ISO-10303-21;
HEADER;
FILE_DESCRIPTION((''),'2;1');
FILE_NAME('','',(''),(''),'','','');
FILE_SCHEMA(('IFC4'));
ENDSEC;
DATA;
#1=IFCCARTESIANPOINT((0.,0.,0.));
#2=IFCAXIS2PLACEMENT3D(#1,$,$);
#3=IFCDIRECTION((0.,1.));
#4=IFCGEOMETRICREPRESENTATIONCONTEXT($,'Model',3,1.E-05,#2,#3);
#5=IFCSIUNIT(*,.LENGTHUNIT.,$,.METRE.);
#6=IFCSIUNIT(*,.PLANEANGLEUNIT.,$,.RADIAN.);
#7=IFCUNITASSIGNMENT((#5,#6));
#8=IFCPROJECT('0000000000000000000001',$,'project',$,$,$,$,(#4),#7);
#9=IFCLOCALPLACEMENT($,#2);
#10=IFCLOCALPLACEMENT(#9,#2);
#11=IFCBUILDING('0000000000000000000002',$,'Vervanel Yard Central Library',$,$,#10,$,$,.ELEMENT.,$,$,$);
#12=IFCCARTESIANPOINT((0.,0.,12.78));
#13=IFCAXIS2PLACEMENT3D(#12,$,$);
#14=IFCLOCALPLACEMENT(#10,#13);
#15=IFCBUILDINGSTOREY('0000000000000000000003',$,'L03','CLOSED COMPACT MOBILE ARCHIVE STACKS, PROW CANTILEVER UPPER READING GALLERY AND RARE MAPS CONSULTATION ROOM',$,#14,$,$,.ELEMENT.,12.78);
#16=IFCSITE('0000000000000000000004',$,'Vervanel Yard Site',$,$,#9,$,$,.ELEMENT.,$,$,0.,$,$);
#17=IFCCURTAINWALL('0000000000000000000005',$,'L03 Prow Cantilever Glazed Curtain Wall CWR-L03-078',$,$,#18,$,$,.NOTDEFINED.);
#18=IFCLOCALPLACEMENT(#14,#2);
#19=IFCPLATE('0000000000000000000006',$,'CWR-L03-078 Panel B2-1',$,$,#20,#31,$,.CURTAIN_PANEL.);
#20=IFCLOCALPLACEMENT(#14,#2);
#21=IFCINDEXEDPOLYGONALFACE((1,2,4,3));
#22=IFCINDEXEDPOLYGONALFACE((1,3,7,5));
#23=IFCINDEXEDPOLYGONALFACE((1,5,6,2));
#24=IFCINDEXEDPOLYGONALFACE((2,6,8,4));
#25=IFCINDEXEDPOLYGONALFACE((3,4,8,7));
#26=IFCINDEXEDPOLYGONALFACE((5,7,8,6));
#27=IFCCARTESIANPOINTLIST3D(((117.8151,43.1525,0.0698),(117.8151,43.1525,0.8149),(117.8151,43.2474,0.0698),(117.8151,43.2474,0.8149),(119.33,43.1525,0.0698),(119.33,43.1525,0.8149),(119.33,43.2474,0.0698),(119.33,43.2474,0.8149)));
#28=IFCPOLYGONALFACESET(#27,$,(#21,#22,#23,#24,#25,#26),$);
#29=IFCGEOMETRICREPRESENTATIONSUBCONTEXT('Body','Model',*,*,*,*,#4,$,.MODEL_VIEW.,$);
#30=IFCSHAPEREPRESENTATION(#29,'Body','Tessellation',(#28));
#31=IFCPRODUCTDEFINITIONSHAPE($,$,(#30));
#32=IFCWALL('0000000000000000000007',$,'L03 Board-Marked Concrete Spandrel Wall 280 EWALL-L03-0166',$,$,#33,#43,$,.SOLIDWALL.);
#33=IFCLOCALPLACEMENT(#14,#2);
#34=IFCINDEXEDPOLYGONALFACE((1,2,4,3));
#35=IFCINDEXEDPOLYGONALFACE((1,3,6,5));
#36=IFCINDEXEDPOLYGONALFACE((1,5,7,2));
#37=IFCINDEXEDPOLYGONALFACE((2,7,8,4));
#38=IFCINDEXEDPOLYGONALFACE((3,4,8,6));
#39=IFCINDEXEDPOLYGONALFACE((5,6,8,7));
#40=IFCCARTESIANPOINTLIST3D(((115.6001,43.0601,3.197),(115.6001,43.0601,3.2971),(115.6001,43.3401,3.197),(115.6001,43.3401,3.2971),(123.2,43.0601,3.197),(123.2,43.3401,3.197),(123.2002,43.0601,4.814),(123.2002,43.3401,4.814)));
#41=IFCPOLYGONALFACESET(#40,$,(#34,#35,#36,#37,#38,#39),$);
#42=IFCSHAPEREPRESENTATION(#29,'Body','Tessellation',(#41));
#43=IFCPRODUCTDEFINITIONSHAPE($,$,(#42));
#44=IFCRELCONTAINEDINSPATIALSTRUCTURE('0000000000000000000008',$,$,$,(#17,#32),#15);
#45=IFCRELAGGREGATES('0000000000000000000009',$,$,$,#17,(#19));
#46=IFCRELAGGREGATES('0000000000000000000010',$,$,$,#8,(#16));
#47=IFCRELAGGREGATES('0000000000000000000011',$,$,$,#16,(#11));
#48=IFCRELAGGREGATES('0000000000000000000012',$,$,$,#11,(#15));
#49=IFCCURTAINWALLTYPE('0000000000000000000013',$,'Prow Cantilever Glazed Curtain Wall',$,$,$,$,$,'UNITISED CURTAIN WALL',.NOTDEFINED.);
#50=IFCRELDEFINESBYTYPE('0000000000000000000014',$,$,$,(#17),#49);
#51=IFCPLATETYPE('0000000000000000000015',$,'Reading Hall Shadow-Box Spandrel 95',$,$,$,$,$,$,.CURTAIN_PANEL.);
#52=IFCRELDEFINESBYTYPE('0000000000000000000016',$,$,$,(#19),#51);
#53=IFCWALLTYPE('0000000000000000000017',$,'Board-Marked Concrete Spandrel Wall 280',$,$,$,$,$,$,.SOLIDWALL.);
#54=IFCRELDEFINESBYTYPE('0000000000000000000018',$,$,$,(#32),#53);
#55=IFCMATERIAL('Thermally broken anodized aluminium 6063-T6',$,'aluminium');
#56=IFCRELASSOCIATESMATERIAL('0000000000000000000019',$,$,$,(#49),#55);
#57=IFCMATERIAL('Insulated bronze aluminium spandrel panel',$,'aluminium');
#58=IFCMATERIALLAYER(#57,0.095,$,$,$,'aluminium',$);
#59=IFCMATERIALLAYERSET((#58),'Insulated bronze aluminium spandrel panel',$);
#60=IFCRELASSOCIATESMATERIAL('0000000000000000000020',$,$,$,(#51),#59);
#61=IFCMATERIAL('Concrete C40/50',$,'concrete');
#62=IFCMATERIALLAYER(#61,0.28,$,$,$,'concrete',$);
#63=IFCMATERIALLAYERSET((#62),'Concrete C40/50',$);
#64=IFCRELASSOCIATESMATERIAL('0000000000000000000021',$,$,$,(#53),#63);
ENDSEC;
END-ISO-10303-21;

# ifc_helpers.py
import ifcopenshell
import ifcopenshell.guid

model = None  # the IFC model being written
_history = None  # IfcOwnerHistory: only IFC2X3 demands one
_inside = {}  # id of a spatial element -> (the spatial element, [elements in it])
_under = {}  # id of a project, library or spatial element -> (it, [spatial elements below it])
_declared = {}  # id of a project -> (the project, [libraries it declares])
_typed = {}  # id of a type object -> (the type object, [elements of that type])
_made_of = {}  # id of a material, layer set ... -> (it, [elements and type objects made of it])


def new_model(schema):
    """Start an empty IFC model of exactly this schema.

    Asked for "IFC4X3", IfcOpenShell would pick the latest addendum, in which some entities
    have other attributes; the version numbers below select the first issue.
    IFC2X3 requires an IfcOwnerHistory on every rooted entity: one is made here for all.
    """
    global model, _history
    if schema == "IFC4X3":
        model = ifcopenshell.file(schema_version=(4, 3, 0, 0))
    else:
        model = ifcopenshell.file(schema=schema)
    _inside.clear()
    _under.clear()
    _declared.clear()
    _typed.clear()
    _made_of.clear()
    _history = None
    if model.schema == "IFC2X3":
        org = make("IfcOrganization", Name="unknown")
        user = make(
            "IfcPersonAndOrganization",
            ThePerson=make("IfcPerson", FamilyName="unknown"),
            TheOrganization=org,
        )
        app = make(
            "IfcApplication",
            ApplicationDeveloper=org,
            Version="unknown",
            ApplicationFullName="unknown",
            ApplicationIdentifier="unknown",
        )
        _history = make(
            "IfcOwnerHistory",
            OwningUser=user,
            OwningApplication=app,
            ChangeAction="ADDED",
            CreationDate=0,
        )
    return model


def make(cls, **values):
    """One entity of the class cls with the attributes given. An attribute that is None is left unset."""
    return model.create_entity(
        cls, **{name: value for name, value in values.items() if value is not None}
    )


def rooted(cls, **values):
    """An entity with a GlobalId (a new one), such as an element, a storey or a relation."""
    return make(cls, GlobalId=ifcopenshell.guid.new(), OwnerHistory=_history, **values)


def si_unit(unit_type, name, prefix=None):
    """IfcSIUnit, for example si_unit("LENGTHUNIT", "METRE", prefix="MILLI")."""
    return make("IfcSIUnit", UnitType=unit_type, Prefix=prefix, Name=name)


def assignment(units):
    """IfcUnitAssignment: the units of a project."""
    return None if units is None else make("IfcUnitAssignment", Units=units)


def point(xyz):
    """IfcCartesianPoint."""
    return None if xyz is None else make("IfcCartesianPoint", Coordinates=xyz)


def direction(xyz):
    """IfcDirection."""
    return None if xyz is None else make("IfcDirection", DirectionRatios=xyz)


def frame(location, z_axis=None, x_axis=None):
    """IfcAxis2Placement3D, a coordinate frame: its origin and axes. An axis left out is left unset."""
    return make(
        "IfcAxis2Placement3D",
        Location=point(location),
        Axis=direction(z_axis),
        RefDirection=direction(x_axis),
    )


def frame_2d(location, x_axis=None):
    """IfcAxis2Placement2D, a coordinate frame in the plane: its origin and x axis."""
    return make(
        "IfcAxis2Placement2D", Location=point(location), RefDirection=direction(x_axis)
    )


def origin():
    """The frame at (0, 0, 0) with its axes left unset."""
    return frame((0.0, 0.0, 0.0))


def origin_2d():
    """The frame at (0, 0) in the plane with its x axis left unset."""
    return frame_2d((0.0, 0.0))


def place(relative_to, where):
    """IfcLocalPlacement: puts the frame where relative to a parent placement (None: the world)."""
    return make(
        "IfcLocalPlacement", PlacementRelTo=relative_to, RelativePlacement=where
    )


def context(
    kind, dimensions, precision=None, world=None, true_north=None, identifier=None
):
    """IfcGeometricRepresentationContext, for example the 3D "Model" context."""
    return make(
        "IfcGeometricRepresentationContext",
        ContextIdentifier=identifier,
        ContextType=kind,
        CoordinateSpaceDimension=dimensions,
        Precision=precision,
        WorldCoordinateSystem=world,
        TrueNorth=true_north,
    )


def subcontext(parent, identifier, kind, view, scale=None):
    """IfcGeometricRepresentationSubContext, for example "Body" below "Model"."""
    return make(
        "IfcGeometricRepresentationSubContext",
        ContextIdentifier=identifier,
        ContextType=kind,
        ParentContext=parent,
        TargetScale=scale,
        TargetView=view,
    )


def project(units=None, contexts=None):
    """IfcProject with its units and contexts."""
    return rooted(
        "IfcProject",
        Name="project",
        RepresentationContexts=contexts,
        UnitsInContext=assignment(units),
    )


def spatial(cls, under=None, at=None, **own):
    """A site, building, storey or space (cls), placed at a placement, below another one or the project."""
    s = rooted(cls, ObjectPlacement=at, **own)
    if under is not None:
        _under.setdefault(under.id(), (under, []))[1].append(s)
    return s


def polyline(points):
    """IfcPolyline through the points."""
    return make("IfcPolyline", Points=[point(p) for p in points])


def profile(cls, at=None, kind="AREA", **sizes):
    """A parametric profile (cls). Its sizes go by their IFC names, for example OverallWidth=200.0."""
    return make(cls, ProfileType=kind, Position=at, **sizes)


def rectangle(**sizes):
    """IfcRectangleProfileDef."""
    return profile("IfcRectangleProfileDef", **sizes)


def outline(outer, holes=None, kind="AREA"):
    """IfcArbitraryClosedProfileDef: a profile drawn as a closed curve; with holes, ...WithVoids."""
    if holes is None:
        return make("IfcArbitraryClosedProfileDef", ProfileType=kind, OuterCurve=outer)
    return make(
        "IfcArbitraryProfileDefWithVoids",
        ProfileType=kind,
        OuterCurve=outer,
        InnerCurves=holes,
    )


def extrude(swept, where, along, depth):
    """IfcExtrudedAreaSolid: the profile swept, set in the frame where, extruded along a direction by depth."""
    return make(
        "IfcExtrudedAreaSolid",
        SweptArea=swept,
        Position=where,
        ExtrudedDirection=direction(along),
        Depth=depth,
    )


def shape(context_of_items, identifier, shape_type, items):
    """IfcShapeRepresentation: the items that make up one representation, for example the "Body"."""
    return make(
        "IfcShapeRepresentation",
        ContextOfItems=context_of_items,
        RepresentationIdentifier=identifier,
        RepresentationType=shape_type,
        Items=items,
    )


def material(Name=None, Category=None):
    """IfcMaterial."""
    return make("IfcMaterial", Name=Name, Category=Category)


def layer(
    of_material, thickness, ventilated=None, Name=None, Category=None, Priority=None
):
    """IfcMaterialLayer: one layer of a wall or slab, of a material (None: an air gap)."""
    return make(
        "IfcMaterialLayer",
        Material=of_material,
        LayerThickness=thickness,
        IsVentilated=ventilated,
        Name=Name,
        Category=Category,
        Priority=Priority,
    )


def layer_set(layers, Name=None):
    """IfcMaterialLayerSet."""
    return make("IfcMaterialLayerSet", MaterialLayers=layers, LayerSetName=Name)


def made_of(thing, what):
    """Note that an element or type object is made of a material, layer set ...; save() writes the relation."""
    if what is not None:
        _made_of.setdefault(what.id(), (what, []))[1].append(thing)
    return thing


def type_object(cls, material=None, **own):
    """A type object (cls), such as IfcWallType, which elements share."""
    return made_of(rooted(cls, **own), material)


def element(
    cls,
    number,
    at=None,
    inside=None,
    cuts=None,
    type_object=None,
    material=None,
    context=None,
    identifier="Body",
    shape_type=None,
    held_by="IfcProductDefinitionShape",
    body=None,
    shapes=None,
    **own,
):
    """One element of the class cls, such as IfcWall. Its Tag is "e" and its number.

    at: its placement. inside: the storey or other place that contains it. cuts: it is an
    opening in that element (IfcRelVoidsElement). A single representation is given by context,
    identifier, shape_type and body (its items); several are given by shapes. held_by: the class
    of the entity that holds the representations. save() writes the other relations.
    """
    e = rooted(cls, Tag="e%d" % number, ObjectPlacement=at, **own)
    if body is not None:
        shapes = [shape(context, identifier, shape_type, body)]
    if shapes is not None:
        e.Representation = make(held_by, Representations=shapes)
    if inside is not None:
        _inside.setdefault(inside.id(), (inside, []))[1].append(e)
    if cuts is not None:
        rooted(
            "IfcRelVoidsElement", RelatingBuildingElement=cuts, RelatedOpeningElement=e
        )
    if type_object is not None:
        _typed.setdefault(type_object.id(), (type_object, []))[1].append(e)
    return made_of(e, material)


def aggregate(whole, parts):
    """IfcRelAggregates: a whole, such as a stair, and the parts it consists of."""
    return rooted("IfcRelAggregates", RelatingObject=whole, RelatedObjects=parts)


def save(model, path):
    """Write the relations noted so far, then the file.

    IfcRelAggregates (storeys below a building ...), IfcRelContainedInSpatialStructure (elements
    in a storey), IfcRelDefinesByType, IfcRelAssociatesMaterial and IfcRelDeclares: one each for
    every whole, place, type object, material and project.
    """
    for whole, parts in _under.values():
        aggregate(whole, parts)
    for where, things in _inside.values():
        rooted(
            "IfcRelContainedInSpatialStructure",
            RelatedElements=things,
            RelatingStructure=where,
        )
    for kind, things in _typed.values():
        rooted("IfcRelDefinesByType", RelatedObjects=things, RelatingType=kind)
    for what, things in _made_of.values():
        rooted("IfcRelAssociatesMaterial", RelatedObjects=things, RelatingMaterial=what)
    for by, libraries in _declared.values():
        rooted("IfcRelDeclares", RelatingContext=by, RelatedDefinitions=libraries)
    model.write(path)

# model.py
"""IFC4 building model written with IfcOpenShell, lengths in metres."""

from ifc_helpers import new_model, si_unit, direction, frame, origin, origin_2d, place, context, subcontext, project, spatial, polyline, rectangle, outline, extrude, material, layer, layer_set, type_object, element, aggregate, save


model = new_model("IFC4")

# Units and contexts
model_context = context("Model", 3, precision=1e-05, world=origin(), true_north=direction((0.0, 1.0)))
body_context = subcontext(model_context, "Body", "Model", "MODEL_VIEW")
ifc_project = project(units=[si_unit("LENGTHUNIT", "METRE"), si_unit("PLANEANGLEUNIT", "RADIAN")], contexts=[model_context])

# Site, building, storey
site_placement = place(None, origin())
site = spatial("IfcSite", under=ifc_project, at=site_placement, Name="Vervanel Yard Site", CompositionType="ELEMENT", RefElevation=0.0)
building_placement = place(site_placement, origin())
building = spatial("IfcBuilding", under=site, at=building_placement, Name="Vervanel Yard Central Library", CompositionType="ELEMENT")
storey_placement = place(building_placement, frame((0.0, 0.0, 12.78)))
storey = spatial("IfcBuildingStorey", under=building, at=storey_placement, Name="L03", Description="CLOSED COMPACT MOBILE ARCHIVE STACKS, PROW CANTILEVER UPPER READING GALLERY AND RARE MAPS CONSULTATION ROOM", CompositionType="ELEMENT", Elevation=12.78)

# Curtain wall
ifc_material_1 = material(Name="Thermally broken anodized aluminium 6063-T6", Category="aluminium")
curtain_wall_type = type_object("IfcCurtainWallType", Name="Prow Cantilever Glazed Curtain Wall", ElementType="UNITISED CURTAIN WALL", PredefinedType="NOTDEFINED", material=ifc_material_1)
curtain_wall_1_placement = place(storey_placement, origin())
curtain_wall_1 = element("IfcCurtainWall", 1, at=curtain_wall_1_placement, inside=storey, type_object=curtain_wall_type, Name="L03 Prow Cantilever Glazed Curtain Wall CWR-L03-078", PredefinedType="NOTDEFINED")

# Plate
ifc_material_2 = material(Name="Insulated bronze aluminium spandrel panel", Category="aluminium")
ifc_layer_1 = layer(ifc_material_2, 0.095, Category="aluminium")
ifc_layer_set_1 = layer_set([ifc_layer_1], Name="Insulated bronze aluminium spandrel panel")
plate_type_1 = type_object("IfcPlateType", Name="Reading Hall Shadow-Box Spandrel 95", PredefinedType="CURTAIN_PANEL", material=ifc_layer_set_1)
plate_1_placement = place(storey_placement, frame((118.5725, 43.2, 0.0698), z_axis=(0.0, 0.0, 1.0), x_axis=(1.0, 0.0, 0.0)))
plate_1 = element("IfcPlate", 2, at=plate_1_placement, type_object=plate_type_1, Name="CWR-L03-078 Panel B2-1", PredefinedType="CURTAIN_PANEL", context=body_context, shape_type="SweptSolid", body=[
    extrude(rectangle(XDim=1.5149, YDim=0.095, at=origin_2d()), origin(), (0.0, 0.0, 1.0), 0.7451),
])
aggregate(curtain_wall_1, [plate_1])

# Wall
ifc_material_3 = material(Name="Concrete C40/50", Category="concrete")
ifc_layer_2 = layer(ifc_material_3, 0.28, Category="concrete")
ifc_layer_set_2 = layer_set([ifc_layer_2], Name="Concrete C40/50")
wall_type = type_object("IfcWallType", Name="Board-Marked Concrete Spandrel Wall 280", PredefinedType="SOLIDWALL", material=ifc_layer_set_2)
wall_placement = place(storey_placement, frame((115.6001, 43.2, 3.197), z_axis=(0.0, 0.0, 1.0), x_axis=(1.0, 0.0, 0.0)))
element("IfcWall", 3, at=wall_placement, inside=storey, type_object=wall_type, Name="L03 Board-Marked Concrete Spandrel Wall 280 EWALL-L03-0166", PredefinedType="SOLIDWALL", context=body_context, shape_type="SweptSolid", body=[
    extrude(outline(polyline([(0.0, 0.0), (7.5999, 0.0), (7.6001, 1.6169), (0.0, 0.1001), (0.0, 0.0)])), frame((0.0, 0.1401, 0.0), z_axis=(0.0, -1.0, 0.0), x_axis=(1.0, 0.0, 0.0)), (0.0, 0.0, 1.0), 0.28),
])

save(model, "model.ifc")
